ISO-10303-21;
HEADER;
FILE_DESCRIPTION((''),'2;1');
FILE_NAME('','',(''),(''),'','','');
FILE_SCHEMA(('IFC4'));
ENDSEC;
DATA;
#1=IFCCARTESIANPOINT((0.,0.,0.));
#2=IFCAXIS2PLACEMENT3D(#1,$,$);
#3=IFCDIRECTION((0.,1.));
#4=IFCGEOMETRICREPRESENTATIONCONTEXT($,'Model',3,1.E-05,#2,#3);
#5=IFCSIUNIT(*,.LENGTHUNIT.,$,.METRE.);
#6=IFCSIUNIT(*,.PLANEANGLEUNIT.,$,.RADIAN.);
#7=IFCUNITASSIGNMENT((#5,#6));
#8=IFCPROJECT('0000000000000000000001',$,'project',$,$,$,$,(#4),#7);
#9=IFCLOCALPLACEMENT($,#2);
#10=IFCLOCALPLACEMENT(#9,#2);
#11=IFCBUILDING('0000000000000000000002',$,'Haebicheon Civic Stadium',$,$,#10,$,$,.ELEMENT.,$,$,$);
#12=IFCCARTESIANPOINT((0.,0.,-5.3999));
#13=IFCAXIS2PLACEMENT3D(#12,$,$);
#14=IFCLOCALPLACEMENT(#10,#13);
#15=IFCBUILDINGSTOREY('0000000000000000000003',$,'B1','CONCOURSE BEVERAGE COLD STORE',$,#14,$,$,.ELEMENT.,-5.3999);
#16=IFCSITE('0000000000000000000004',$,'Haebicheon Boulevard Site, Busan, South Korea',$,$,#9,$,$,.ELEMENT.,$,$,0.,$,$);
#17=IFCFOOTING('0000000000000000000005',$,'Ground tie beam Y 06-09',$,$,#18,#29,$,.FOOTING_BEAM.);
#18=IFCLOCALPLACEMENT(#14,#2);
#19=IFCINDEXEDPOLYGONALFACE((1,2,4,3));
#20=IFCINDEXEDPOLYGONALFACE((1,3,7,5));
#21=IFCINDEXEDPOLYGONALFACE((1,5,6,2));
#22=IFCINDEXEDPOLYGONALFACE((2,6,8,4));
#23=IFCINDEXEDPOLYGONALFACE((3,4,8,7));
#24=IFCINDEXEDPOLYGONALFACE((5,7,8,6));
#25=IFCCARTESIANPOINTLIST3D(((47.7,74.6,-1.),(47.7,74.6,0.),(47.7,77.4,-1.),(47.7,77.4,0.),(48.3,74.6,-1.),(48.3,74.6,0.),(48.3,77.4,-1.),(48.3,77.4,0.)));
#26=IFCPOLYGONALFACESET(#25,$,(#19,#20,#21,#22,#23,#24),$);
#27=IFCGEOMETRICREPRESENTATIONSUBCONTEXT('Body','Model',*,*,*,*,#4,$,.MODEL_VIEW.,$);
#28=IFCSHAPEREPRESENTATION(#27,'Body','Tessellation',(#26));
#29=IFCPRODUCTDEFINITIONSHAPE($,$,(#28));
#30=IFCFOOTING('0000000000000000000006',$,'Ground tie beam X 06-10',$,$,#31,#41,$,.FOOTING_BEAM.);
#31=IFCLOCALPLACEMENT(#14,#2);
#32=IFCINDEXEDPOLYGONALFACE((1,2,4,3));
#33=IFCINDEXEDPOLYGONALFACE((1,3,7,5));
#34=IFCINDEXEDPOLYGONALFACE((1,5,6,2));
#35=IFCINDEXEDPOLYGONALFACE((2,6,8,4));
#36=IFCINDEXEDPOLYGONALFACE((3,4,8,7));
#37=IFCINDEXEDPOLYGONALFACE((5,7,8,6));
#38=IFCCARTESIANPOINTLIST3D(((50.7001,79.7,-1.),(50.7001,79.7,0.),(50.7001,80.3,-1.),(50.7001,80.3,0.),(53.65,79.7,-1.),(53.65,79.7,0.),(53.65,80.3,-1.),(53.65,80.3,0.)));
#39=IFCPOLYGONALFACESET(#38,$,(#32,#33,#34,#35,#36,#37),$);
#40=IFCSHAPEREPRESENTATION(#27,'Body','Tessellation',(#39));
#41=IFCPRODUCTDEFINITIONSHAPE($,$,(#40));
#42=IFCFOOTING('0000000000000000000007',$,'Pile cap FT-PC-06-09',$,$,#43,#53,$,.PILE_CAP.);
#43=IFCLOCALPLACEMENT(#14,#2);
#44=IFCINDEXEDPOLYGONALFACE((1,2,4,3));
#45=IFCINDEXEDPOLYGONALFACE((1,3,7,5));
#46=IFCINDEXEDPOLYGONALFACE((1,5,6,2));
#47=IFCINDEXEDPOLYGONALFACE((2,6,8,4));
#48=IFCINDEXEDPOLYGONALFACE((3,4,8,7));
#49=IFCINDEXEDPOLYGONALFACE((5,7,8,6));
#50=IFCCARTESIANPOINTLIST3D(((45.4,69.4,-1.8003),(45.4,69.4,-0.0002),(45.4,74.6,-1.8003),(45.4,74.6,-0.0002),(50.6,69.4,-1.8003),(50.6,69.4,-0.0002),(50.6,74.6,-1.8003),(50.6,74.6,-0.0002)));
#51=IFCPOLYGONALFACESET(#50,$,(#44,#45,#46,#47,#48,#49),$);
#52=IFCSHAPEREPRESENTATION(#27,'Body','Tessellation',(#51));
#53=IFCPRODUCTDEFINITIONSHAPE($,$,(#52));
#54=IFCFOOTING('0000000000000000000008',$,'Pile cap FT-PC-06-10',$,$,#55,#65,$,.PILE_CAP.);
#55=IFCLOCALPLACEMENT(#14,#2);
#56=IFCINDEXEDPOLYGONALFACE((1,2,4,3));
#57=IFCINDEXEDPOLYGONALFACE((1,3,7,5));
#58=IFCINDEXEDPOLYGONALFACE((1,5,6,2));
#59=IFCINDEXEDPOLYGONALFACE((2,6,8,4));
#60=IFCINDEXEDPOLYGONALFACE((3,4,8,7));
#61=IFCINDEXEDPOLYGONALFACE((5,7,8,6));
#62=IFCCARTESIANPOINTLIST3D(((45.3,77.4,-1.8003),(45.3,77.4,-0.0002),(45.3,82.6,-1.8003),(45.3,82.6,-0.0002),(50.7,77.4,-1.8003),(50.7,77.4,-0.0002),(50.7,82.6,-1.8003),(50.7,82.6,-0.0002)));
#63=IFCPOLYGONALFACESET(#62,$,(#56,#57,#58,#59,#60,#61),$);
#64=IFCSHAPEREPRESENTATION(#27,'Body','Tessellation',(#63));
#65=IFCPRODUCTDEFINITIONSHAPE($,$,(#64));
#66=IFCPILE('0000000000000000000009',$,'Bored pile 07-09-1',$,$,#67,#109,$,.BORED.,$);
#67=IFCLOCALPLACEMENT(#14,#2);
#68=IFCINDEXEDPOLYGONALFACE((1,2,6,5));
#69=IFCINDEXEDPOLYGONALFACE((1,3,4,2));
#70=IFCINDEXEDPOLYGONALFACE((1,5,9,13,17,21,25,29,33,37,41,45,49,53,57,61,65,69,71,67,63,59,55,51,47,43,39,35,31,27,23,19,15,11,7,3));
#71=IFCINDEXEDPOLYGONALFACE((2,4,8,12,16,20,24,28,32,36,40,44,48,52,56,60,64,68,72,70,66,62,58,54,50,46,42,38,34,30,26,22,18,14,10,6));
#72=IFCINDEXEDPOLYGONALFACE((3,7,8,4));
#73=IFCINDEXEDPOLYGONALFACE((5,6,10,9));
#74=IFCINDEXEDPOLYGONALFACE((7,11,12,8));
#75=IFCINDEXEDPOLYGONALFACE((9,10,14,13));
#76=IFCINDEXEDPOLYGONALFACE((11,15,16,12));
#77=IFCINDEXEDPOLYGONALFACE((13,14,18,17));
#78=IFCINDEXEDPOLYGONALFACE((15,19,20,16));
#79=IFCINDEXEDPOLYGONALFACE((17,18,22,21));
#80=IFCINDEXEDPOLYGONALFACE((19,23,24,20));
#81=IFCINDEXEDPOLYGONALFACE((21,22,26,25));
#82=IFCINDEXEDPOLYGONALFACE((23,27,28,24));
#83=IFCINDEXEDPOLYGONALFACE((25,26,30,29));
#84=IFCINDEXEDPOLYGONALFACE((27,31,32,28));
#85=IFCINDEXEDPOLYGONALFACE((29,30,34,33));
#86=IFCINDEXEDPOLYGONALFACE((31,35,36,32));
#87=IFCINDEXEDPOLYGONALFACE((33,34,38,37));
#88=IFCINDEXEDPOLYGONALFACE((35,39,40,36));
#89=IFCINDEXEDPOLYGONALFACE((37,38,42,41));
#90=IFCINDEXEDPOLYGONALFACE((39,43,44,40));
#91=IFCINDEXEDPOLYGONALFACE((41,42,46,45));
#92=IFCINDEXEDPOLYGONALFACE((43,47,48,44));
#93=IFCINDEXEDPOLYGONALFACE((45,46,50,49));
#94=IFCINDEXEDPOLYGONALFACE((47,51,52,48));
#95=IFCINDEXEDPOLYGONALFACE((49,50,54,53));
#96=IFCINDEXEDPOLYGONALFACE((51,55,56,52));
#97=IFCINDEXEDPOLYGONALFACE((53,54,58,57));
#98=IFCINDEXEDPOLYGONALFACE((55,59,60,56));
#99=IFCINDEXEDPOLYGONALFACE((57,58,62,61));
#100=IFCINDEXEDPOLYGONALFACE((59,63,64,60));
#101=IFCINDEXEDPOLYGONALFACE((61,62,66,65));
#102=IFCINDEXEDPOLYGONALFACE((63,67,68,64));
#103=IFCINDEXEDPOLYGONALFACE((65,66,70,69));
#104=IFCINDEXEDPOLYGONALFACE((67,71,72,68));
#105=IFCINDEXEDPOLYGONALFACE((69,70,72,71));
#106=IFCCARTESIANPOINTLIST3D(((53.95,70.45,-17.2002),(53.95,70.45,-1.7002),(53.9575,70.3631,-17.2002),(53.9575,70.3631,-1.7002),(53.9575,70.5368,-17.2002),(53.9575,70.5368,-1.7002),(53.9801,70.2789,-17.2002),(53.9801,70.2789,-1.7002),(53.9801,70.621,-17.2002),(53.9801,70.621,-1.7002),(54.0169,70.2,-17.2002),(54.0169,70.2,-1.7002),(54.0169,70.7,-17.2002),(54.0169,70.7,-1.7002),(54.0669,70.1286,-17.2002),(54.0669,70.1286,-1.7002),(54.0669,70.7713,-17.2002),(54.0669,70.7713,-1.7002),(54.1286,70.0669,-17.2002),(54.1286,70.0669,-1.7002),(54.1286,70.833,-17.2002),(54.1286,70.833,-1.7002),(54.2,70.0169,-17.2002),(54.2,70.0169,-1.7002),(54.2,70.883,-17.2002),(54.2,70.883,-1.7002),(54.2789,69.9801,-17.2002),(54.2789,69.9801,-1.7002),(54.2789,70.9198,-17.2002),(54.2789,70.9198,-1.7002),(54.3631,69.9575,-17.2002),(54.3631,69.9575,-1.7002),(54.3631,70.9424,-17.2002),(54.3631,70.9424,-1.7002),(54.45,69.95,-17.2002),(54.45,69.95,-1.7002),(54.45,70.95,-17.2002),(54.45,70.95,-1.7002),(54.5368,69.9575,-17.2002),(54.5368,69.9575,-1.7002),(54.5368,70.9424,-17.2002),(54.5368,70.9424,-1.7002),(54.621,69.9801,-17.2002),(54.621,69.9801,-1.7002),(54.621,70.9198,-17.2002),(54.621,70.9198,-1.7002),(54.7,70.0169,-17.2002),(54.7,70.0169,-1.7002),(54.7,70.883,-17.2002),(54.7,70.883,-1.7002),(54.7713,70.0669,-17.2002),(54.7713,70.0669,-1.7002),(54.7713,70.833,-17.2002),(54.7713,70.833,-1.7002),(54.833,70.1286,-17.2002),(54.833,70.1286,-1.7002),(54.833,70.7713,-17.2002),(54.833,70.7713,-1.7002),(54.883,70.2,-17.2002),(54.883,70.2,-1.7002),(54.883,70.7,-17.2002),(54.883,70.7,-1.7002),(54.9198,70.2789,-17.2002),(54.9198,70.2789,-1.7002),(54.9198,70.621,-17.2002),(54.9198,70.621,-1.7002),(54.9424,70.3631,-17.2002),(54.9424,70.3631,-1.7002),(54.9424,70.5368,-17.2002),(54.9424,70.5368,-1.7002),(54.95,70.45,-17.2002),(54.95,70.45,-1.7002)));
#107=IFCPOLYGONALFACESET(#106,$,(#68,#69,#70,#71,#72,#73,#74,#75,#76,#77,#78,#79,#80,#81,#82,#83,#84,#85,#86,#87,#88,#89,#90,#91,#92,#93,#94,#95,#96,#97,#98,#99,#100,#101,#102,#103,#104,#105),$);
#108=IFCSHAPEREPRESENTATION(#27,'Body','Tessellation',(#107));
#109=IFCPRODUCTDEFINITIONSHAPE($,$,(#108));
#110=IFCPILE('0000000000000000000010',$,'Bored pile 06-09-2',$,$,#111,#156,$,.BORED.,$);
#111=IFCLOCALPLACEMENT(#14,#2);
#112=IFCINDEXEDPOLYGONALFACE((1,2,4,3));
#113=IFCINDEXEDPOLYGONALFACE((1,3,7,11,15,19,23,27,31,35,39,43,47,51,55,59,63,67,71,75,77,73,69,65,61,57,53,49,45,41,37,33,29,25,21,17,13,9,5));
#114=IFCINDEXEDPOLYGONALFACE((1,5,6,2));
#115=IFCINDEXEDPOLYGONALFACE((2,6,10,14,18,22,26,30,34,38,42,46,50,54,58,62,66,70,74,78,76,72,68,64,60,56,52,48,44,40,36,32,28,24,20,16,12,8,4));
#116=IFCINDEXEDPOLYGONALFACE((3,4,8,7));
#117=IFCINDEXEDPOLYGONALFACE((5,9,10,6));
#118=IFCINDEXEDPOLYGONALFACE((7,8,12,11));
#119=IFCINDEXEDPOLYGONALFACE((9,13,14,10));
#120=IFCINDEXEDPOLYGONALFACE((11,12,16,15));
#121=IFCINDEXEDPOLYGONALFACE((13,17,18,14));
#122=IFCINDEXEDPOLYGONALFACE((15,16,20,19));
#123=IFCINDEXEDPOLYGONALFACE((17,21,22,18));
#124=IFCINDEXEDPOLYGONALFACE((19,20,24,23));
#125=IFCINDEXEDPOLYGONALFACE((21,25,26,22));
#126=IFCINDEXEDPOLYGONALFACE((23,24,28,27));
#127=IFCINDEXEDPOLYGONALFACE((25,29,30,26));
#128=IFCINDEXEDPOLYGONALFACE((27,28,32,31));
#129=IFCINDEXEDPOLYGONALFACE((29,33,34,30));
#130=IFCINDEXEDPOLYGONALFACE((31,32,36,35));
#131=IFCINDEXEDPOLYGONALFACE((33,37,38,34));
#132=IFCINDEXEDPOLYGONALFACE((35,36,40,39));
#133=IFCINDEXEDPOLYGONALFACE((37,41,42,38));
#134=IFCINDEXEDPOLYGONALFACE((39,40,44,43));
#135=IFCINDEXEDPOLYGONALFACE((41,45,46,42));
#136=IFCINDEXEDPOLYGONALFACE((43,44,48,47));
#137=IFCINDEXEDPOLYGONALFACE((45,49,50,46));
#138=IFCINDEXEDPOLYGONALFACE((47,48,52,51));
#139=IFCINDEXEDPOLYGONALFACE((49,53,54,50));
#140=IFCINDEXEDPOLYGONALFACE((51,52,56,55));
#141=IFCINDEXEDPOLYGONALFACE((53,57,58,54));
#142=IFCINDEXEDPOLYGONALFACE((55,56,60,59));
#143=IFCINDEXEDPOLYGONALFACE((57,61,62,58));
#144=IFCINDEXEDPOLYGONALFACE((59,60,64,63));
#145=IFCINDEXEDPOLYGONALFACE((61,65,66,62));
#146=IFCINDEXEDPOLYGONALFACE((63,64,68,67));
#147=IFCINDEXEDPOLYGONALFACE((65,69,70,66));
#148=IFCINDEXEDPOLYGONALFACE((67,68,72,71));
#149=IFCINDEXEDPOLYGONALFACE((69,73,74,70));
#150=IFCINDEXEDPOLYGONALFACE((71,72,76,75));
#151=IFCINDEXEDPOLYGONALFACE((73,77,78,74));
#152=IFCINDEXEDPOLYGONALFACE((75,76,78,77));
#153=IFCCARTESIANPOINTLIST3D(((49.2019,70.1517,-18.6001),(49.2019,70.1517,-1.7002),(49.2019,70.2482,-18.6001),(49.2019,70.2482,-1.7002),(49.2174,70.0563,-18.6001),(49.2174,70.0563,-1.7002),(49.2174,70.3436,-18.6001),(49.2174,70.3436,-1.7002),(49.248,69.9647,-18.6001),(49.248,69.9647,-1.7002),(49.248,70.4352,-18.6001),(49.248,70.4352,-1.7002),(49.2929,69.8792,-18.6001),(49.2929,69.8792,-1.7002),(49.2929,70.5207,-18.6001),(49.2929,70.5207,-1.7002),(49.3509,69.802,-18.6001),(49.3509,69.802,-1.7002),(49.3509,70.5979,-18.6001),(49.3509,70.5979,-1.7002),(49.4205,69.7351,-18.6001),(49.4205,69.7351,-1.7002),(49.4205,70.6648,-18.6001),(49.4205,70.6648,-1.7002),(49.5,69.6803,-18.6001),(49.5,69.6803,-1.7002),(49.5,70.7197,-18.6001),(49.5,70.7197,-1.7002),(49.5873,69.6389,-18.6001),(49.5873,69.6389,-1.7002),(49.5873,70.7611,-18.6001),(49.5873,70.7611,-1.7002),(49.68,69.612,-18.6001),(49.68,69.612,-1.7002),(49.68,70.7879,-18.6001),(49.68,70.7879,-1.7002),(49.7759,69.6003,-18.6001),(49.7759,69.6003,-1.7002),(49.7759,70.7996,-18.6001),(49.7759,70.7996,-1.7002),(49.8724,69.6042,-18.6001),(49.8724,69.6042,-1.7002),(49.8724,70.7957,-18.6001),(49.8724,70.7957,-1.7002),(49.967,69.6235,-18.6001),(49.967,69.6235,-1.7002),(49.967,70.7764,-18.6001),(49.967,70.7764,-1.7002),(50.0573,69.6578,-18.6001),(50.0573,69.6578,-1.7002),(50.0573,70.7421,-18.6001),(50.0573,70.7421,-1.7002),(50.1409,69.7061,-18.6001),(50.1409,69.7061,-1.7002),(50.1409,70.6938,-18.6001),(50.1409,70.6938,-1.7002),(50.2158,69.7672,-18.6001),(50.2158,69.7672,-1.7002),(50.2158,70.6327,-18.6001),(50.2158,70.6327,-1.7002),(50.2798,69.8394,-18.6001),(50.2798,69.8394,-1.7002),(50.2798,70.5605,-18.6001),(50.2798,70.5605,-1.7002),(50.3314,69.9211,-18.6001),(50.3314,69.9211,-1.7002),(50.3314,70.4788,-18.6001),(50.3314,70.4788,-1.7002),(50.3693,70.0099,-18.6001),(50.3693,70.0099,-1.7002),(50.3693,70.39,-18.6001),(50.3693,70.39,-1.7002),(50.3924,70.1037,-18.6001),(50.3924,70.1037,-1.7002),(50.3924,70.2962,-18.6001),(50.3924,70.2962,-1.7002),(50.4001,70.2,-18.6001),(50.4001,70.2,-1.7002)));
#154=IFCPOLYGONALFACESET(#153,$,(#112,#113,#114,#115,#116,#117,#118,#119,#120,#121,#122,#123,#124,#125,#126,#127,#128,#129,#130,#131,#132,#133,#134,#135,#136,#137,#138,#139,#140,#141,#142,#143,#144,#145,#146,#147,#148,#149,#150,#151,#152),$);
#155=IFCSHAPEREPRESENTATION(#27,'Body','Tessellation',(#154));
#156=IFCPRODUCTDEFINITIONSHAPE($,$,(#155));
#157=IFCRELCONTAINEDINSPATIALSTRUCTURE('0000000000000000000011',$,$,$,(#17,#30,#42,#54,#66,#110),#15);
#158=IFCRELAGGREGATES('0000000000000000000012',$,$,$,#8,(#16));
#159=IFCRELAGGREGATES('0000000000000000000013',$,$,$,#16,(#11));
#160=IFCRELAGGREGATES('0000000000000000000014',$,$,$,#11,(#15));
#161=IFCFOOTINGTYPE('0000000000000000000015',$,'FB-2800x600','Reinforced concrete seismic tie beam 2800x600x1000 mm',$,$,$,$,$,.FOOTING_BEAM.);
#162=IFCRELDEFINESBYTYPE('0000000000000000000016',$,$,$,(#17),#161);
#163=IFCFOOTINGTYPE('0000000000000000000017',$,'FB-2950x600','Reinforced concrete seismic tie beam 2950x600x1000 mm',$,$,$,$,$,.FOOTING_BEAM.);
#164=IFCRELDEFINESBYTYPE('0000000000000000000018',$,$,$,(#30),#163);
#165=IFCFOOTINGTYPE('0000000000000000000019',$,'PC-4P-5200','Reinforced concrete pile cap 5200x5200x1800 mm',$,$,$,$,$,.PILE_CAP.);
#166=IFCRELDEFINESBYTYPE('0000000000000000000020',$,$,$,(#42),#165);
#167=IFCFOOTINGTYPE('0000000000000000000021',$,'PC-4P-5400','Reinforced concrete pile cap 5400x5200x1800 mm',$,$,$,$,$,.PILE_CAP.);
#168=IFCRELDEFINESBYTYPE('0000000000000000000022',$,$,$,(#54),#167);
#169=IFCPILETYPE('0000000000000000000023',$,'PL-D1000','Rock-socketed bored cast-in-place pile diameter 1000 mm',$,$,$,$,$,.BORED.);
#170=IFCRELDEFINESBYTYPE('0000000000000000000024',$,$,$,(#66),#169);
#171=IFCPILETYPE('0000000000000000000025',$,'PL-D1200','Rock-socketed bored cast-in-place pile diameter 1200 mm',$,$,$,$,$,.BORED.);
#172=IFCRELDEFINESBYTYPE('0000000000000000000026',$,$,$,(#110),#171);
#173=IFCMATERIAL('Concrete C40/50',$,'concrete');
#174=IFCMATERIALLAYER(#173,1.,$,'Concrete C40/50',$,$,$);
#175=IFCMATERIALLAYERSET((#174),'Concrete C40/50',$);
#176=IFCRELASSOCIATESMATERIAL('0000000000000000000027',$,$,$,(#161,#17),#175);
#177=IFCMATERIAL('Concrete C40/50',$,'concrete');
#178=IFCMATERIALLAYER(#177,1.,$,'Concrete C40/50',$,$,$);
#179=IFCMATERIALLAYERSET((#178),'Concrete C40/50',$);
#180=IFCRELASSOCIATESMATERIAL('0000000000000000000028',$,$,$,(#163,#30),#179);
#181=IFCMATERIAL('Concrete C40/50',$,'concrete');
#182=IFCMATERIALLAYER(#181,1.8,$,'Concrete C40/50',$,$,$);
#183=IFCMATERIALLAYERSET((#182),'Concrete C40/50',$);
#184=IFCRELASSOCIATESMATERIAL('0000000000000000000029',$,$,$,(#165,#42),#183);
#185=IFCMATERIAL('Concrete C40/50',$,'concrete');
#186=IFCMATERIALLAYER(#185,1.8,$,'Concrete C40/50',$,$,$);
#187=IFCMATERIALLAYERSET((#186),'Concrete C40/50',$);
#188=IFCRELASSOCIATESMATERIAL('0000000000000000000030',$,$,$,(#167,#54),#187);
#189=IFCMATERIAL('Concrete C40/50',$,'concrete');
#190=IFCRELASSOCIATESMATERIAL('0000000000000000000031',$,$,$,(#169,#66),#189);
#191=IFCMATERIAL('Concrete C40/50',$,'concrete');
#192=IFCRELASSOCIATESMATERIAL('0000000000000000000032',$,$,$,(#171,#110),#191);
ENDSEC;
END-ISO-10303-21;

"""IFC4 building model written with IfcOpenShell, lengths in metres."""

from ifc_helpers import new_model, si_unit, direction, frame, origin, origin_2d, place, context, subcontext, project, spatial, rectangle, circle, extrude, material, layer, layer_set, material_profile, profile_set, type_object, element, save


model = new_model("IFC4")

# Units and contexts
model_context = context("Model", 3, precision=1e-05, world=origin(), true_north=direction((0.0, 1.0)))
body_context = subcontext(model_context, "Body", "Model", "MODEL_VIEW")
ifc_project = project(units=[si_unit("LENGTHUNIT", "METRE"), si_unit("PLANEANGLEUNIT", "RADIAN")], contexts=[model_context])

# Site, building, storey
site_placement = place(None, origin())
site = spatial("IfcSite", under=ifc_project, at=site_placement, Name="Haebicheon Boulevard Site, Busan, South Korea", CompositionType="ELEMENT", RefElevation=0.0)
building_placement = place(site_placement, origin())
building = spatial("IfcBuilding", under=site, at=building_placement, Name="Haebicheon Civic Stadium", CompositionType="ELEMENT")
storey_placement = place(building_placement, frame((0.0, 0.0, -5.3999)))
storey = spatial("IfcBuildingStorey", under=building, at=storey_placement, Name="B1", Description="CONCOURSE BEVERAGE COLD STORE", CompositionType="ELEMENT", Elevation=-5.3999)

# Footings
ifc_material_1 = material(Name="Concrete C40/50", Category="concrete")
ifc_layer_1 = layer(ifc_material_1, 1.0, Name="Concrete C40/50")
ifc_layer_set_1 = layer_set([ifc_layer_1], Name="Concrete C40/50")
footing_type_1 = type_object("IfcFootingType", Name="FB-2800x600", Description="Reinforced concrete seismic tie beam 2800x600x1000 mm", PredefinedType="FOOTING_BEAM", material=ifc_layer_set_1)
footing_1_placement = place(storey_placement, frame((48.0, 76.0, -1.0), z_axis=(0.0, 0.0, 1.0), x_axis=(0.0, 1.0, 0.0)))
element("IfcFooting", 1, at=footing_1_placement, inside=storey, type_object=footing_type_1, material=ifc_layer_set_1, Name="Ground tie beam Y 06-09", PredefinedType="FOOTING_BEAM", context=body_context, shape_type="SweptSolid", body=[
    extrude(rectangle(XDim=2.8, YDim=0.6001, at=origin_2d()), origin(), (0.0, 0.0, 1.0), 1.0),
])
ifc_material_2 = material(Name="Concrete C40/50", Category="concrete")
ifc_layer_2 = layer(ifc_material_2, 1.0, Name="Concrete C40/50")
ifc_layer_set_2 = layer_set([ifc_layer_2], Name="Concrete C40/50")
footing_type_2 = type_object("IfcFootingType", Name="FB-2950x600", Description="Reinforced concrete seismic tie beam 2950x600x1000 mm", PredefinedType="FOOTING_BEAM", material=ifc_layer_set_2)
footing_2_placement = place(storey_placement, frame((52.175, 80.0, -1.0), z_axis=(0.0, 0.0, 1.0), x_axis=(1.0, 0.0, 0.0)))
element("IfcFooting", 2, at=footing_2_placement, inside=storey, type_object=footing_type_2, material=ifc_layer_set_2, Name="Ground tie beam X 06-10", PredefinedType="FOOTING_BEAM", context=body_context, shape_type="SweptSolid", body=[
    extrude(rectangle(XDim=2.95, YDim=0.6001, at=origin_2d()), origin(), (0.0, 0.0, 1.0), 1.0),
])
ifc_material_3 = material(Name="Concrete C40/50", Category="concrete")
ifc_layer_3 = layer(ifc_material_3, 1.8, Name="Concrete C40/50")
ifc_layer_set_3 = layer_set([ifc_layer_3], Name="Concrete C40/50")
footing_type_3 = type_object("IfcFootingType", Name="PC-4P-5200", Description="Reinforced concrete pile cap 5200x5200x1800 mm", PredefinedType="PILE_CAP", material=ifc_layer_set_3)
footing_3_placement = place(storey_placement, frame((48.0, 72.0, -1.8003), z_axis=(0.0, 0.0, 1.0), x_axis=(1.0, 0.0, 0.0)))
element("IfcFooting", 3, at=footing_3_placement, inside=storey, type_object=footing_type_3, material=ifc_layer_set_3, Name="Pile cap FT-PC-06-09", PredefinedType="PILE_CAP", context=body_context, shape_type="SweptSolid", body=[
    extrude(rectangle(XDim=5.2, YDim=5.2, at=origin_2d()), origin(), (0.0, 0.0, 1.0), 1.8),
])
ifc_material_4 = material(Name="Concrete C40/50", Category="concrete")
ifc_layer_4 = layer(ifc_material_4, 1.8, Name="Concrete C40/50")
ifc_layer_set_4 = layer_set([ifc_layer_4], Name="Concrete C40/50")
footing_type_4 = type_object("IfcFootingType", Name="PC-4P-5400", Description="Reinforced concrete pile cap 5400x5200x1800 mm", PredefinedType="PILE_CAP", material=ifc_layer_set_4)
footing_4_placement = place(storey_placement, frame((48.0, 80.0, -1.8003), z_axis=(0.0, 0.0, 1.0), x_axis=(1.0, 0.0, 0.0)))
element("IfcFooting", 4, at=footing_4_placement, inside=storey, type_object=footing_type_4, material=ifc_layer_set_4, Name="Pile cap FT-PC-06-10", PredefinedType="PILE_CAP", context=body_context, shape_type="SweptSolid", body=[
    extrude(rectangle(XDim=5.3999, YDim=5.2, at=origin_2d()), origin(), (0.0, 0.0, 1.0), 1.8),
])

# Piles
ifc_material_5 = material(Name="Concrete C40/50", Category="concrete")
ifc_material_profile_1 = material_profile(ifc_material_5, circle(Radius=0.5, at=origin_2d()), Name="PILE-D1000")
ifc_profile_set_1 = profile_set([ifc_material_profile_1], Name="Concrete C40/50")
pile_type_1 = type_object("IfcPileType", Name="PL-D1000", Description="Rock-socketed bored cast-in-place pile diameter 1000 mm", PredefinedType="BORED", material=ifc_profile_set_1)
pile_placement = place(storey_placement, frame((54.45, 70.45, -1.7002), z_axis=(0.0, 0.0, -1.0), x_axis=(1.0, 0.0, 0.0)))
element("IfcPile", 5, at=pile_placement, inside=storey, type_object=pile_type_1, material=ifc_profile_set_1, Name="Bored pile 07-09-1", PredefinedType="BORED", context=body_context, shape_type="SweptSolid", body=[
    extrude(circle(Radius=0.5, at=origin_2d()), origin(), (0.0, 0.0, 1.0), 15.5),
])
ifc_material_6 = material(Name="Concrete C40/50", Category="concrete")
ifc_material_profile_2 = material_profile(ifc_material_6, circle(Radius=0.6001, at=origin_2d()), Name="PILE-D1200")
ifc_profile_set_2 = profile_set([ifc_material_profile_2], Name="Concrete C40/50")
pile_type_2 = type_object("IfcPileType", Name="PL-D1200", Description="Rock-socketed bored cast-in-place pile diameter 1200 mm", PredefinedType="BORED", material=ifc_profile_set_2)
for number, where, z_axis, x_axis, name in (
    (6, (49.8, 70.2, -1.7002), (0.0, 0.0, -1.0), (1.0, 0.0, 0.0), "Bored pile 06-09-2"),
):
    element("IfcPile", number, at=place(storey_placement, frame(where, z_axis=z_axis, x_axis=x_axis)), inside=storey, type_object=pile_type_2, material=ifc_profile_set_2, Name=name, PredefinedType="BORED", context=body_context, shape_type="SweptSolid", body=[
        extrude(circle(Radius=0.6001, at=origin_2d()), origin(), (0.0, 0.0, 1.0), 16.8999),
    ])

save(model, "model.ifc")
